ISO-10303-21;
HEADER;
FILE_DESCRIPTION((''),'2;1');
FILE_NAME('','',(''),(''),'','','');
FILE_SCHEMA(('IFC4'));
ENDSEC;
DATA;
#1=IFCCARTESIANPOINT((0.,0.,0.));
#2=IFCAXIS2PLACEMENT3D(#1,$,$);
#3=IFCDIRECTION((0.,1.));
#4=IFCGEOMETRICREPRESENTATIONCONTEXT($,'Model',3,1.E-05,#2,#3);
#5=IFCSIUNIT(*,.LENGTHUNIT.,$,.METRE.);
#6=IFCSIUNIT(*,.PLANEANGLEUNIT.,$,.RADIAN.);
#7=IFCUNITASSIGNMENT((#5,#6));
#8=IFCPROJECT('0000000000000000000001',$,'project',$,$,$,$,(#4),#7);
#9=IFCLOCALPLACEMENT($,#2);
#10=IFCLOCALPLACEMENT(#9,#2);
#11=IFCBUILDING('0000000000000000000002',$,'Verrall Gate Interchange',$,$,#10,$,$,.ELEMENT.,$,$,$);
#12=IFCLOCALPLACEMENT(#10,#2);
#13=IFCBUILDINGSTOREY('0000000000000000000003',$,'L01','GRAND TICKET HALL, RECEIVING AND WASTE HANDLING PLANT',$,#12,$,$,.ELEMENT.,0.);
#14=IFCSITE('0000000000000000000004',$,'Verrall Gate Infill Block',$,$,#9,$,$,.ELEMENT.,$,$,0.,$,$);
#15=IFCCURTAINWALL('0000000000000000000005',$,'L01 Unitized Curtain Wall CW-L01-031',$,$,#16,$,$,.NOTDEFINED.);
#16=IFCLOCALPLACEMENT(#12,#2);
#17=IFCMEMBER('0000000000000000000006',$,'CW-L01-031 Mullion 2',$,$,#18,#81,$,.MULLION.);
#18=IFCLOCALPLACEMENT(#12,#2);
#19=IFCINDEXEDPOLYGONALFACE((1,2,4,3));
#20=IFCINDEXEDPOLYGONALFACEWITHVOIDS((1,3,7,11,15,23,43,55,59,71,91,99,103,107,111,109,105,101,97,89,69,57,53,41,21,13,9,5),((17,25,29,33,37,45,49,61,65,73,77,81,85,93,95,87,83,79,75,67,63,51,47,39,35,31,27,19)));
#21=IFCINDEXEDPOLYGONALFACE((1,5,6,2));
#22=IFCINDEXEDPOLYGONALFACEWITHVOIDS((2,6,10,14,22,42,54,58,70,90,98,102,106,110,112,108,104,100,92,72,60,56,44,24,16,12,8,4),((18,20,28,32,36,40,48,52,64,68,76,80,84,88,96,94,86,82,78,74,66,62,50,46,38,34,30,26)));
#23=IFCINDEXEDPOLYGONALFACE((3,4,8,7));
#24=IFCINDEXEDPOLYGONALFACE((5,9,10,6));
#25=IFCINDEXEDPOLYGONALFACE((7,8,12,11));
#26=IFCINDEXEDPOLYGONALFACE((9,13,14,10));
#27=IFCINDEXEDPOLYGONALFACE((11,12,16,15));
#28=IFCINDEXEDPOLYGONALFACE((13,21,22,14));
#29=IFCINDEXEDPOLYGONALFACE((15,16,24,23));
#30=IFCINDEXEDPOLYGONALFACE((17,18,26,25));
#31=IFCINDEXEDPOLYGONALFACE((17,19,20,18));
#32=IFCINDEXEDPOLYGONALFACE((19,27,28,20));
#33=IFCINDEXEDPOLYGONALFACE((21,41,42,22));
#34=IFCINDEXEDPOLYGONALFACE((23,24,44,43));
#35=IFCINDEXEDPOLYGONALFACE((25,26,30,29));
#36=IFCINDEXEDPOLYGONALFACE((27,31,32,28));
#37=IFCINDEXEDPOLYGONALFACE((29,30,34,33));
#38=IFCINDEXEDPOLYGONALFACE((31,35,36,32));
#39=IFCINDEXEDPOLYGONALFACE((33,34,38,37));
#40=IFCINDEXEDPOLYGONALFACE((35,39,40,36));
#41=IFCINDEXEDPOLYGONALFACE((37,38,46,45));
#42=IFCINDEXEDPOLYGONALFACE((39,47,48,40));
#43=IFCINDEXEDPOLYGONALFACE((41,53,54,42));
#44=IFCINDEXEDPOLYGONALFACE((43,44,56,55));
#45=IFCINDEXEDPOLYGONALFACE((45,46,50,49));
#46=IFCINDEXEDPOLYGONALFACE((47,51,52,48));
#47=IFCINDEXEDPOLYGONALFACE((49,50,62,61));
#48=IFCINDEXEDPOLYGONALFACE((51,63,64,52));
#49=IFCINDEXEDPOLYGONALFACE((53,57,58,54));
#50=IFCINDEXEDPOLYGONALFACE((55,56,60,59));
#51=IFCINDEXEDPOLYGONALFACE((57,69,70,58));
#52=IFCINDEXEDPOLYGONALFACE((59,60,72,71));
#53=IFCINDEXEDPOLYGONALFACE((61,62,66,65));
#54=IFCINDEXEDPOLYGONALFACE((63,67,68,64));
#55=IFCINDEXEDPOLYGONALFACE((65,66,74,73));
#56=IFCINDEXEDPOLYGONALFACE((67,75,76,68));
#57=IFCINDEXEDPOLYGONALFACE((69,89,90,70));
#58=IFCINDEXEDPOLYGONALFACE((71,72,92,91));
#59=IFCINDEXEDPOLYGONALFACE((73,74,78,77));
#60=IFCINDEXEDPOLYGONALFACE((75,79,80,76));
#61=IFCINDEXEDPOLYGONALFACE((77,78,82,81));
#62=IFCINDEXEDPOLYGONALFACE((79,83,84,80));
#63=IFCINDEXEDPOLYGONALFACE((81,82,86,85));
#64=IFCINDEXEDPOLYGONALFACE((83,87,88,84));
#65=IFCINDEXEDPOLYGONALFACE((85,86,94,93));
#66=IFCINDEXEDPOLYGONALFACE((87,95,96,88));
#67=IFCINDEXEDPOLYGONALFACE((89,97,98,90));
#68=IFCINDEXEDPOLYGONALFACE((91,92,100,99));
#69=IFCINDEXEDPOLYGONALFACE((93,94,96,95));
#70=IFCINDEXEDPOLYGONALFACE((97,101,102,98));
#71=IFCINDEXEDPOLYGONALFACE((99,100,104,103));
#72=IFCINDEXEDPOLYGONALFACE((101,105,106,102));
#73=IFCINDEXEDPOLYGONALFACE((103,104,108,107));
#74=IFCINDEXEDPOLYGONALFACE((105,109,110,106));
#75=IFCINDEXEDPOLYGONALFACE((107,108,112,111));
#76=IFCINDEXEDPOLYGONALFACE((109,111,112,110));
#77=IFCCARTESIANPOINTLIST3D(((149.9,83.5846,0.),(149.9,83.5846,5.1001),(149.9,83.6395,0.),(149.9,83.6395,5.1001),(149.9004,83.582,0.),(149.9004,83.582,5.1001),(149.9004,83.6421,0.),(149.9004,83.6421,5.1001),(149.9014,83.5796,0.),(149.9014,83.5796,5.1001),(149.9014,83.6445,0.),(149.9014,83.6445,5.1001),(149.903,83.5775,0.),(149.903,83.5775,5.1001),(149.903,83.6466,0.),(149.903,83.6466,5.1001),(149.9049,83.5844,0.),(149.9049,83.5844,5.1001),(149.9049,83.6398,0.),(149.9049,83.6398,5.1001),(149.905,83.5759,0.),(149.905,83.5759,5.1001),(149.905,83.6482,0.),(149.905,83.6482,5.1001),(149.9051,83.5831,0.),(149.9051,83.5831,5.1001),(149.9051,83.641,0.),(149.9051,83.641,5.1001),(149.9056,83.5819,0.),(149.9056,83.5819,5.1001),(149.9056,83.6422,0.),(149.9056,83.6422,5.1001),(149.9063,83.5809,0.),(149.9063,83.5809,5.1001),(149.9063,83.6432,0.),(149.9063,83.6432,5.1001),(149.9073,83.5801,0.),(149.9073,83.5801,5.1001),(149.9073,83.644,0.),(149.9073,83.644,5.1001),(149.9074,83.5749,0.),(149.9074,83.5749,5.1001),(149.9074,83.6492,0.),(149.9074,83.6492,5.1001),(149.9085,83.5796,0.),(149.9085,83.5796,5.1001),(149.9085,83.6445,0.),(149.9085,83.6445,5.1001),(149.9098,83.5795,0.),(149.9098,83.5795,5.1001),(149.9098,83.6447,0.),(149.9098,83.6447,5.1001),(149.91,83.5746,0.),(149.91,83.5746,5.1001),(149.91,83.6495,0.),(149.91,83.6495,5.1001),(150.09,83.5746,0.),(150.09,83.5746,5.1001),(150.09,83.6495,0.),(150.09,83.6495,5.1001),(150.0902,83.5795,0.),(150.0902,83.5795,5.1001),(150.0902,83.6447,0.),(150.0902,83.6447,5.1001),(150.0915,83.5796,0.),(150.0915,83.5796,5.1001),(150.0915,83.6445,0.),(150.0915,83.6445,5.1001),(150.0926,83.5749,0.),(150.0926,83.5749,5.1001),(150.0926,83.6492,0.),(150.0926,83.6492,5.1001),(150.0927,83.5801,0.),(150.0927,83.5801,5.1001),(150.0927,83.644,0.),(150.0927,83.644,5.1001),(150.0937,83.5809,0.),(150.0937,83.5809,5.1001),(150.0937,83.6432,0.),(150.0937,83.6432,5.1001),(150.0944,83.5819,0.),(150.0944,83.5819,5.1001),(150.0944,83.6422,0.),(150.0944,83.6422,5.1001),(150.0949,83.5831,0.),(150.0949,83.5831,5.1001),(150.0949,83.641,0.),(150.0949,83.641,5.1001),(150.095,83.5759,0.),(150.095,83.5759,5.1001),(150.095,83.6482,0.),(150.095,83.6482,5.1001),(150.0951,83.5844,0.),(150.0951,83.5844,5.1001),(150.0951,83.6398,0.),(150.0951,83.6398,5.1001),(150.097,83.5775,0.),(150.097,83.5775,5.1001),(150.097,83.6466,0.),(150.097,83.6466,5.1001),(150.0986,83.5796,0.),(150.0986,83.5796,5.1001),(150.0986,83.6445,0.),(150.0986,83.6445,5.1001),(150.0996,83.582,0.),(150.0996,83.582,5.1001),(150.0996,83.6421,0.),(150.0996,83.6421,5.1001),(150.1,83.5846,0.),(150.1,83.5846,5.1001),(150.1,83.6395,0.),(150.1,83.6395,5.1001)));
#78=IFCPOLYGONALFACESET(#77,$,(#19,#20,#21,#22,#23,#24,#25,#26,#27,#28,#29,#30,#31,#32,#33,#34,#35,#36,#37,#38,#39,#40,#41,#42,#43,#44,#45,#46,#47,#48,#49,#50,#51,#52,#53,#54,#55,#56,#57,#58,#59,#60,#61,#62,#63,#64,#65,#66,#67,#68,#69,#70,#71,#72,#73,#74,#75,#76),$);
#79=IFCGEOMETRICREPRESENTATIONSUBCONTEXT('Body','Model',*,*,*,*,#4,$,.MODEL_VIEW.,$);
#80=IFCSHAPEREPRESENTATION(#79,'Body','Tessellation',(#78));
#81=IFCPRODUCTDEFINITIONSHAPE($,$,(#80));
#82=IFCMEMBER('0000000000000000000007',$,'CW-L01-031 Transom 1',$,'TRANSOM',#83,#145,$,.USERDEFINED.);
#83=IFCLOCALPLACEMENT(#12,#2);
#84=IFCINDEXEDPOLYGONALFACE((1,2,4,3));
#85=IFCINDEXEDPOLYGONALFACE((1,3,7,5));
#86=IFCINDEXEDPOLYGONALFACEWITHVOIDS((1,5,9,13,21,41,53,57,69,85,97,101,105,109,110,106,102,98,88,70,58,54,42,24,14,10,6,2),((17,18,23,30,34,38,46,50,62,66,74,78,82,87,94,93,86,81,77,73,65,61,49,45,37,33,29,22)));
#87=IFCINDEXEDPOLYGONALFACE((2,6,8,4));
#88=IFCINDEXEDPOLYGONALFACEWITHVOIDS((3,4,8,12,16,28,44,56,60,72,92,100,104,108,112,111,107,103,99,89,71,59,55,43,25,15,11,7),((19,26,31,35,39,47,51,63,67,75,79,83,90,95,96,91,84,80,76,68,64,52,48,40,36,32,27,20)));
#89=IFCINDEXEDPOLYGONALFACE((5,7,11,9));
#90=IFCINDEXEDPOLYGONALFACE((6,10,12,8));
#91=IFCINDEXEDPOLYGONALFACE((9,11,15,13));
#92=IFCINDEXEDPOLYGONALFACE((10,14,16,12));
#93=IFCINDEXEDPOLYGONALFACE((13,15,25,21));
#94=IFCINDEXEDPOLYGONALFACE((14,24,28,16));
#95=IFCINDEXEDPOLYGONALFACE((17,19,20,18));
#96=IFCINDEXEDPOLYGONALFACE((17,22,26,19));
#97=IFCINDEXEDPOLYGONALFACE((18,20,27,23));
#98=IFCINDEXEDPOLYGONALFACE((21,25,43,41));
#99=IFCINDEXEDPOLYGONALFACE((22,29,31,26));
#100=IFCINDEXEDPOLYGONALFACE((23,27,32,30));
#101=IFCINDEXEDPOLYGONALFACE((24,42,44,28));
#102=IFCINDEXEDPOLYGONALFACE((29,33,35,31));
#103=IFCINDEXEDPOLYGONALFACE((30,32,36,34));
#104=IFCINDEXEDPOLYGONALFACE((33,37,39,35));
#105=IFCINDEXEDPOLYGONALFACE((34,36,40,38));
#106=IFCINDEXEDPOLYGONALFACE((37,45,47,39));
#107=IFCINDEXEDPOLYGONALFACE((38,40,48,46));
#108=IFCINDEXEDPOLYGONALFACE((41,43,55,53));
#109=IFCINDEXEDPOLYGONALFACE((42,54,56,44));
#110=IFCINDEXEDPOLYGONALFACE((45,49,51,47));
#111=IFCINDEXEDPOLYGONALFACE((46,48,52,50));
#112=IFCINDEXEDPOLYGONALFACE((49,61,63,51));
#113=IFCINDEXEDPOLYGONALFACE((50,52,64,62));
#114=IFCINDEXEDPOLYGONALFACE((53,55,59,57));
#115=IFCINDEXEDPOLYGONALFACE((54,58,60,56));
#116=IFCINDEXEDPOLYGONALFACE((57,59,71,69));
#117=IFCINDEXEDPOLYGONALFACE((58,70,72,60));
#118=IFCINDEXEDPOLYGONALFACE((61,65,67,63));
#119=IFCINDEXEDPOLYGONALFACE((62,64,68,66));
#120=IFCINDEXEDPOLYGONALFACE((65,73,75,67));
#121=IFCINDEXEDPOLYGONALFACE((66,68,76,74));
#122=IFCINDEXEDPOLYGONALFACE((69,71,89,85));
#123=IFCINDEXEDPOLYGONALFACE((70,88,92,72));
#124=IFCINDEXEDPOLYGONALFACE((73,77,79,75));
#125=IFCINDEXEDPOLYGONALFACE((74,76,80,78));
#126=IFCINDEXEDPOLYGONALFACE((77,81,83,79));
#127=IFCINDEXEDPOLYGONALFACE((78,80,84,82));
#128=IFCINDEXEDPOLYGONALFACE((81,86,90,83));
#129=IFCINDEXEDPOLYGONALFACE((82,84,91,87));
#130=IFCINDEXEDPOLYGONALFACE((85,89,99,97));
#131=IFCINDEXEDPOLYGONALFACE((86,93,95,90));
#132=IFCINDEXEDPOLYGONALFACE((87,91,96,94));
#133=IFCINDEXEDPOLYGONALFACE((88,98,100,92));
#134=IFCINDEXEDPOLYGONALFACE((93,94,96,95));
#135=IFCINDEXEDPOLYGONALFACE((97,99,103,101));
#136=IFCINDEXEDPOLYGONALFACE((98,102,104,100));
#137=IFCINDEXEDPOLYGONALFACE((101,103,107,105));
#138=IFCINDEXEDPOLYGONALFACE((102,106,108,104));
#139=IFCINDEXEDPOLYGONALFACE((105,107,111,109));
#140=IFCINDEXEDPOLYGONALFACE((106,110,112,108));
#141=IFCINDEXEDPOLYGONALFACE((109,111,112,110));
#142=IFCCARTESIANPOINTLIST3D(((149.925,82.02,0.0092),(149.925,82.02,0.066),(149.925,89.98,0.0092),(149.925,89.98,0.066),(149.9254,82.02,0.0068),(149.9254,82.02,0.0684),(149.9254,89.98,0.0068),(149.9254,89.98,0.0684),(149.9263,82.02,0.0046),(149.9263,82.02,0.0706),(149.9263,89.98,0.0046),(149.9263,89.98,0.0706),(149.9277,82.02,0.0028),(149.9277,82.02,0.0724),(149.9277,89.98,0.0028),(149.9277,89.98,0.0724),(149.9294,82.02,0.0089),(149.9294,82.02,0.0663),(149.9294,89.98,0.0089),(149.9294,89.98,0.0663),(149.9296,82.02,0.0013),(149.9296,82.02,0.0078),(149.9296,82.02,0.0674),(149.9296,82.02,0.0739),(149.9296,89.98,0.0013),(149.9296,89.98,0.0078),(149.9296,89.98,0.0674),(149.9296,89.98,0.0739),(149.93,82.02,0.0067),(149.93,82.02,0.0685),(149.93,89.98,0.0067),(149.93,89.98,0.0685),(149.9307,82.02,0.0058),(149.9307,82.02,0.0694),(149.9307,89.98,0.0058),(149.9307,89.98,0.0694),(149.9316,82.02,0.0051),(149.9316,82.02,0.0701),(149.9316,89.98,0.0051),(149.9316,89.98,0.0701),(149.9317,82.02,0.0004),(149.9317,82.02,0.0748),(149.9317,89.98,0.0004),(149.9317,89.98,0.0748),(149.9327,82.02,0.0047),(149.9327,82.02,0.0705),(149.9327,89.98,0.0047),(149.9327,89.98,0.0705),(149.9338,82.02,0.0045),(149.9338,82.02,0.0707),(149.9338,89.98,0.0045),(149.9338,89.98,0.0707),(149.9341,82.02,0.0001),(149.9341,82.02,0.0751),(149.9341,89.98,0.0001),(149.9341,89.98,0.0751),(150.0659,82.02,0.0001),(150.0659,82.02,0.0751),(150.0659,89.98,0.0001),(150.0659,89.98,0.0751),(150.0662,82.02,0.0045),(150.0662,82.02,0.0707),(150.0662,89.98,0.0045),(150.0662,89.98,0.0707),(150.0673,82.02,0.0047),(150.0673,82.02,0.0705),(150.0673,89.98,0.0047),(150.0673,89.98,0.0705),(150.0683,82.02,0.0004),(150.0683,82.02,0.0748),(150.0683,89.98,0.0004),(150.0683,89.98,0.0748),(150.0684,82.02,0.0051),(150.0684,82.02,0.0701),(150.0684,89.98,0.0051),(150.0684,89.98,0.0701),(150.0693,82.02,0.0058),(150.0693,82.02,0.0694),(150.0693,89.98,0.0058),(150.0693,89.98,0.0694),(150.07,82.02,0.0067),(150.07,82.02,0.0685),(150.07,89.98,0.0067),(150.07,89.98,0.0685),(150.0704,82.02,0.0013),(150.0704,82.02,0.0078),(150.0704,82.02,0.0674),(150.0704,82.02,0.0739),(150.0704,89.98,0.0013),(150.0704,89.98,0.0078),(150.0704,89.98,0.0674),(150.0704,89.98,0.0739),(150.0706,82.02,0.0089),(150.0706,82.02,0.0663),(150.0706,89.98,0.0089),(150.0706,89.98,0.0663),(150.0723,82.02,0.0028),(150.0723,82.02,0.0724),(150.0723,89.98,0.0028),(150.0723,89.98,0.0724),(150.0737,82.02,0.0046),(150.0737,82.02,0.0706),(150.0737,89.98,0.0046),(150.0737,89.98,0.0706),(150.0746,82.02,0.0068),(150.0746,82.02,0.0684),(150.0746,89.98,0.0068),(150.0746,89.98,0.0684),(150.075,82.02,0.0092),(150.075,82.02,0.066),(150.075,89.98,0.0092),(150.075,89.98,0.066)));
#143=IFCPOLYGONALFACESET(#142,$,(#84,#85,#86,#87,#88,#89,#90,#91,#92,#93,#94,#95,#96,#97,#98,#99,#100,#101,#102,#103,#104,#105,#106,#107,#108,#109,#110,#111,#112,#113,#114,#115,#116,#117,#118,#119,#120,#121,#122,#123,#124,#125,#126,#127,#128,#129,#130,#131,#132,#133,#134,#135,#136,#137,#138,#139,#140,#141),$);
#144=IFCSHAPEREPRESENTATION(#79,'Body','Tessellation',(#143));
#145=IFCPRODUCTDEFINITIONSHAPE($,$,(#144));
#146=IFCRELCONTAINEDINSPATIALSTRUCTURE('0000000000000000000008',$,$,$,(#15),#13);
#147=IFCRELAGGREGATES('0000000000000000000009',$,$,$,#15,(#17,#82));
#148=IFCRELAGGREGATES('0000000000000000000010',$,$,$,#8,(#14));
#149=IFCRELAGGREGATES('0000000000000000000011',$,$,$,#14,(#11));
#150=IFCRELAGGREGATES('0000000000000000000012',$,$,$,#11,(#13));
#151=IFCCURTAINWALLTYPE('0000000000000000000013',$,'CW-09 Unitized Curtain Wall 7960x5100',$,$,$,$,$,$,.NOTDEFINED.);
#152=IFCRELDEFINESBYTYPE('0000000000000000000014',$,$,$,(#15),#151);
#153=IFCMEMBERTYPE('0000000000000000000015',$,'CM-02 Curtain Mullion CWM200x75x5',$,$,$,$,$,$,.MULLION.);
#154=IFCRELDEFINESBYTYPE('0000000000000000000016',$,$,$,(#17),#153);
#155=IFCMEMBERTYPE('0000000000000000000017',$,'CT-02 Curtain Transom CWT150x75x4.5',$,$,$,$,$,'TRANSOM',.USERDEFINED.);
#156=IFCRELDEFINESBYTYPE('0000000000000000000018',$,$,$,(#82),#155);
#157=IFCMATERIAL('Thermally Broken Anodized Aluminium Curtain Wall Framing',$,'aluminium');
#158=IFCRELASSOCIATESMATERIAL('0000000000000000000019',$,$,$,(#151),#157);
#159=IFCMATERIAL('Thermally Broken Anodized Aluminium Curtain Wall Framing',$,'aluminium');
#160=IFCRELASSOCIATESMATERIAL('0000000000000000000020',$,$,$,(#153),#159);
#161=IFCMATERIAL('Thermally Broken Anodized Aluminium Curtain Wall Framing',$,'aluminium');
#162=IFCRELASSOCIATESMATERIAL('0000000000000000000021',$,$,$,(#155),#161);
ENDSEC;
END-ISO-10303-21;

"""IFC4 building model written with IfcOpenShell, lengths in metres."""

from ifc_helpers import new_model, si_unit, direction, frame, origin, origin_2d, place, context, subcontext, project, spatial, hollow_rectangle, extrude, material, material_profile, profile_set, type_object, element, aggregate, save


model = new_model("IFC4")

# Units and contexts
model_context = context("Model", 3, precision=1e-05, world=origin(), true_north=direction((0.0, 1.0)))
body_context = subcontext(model_context, "Body", "Model", "MODEL_VIEW")
ifc_project = project(units=[si_unit("LENGTHUNIT", "METRE"), si_unit("PLANEANGLEUNIT", "RADIAN")], contexts=[model_context])

# Site, building, storey
site_placement = place(None, origin())
site = spatial("IfcSite", under=ifc_project, at=site_placement, Name="Verrall Gate Infill Block", CompositionType="ELEMENT", RefElevation=0.0)
building_placement = place(site_placement, origin())
building = spatial("IfcBuilding", under=site, at=building_placement, Name="Verrall Gate Interchange", CompositionType="ELEMENT")
storey_placement = place(building_placement, origin())
storey = spatial("IfcBuildingStorey", under=building, at=storey_placement, Name="L01", Description="GRAND TICKET HALL, RECEIVING AND WASTE HANDLING PLANT", CompositionType="ELEMENT", Elevation=0.0)

# Curtain wall, members
ifc_material_1 = material(Name="Thermally Broken Anodized Aluminium Curtain Wall Framing", Category="aluminium")
curtain_wall_type = type_object("IfcCurtainWallType", Name="CW-09 Unitized Curtain Wall 7960x5100", PredefinedType="NOTDEFINED", material=ifc_material_1)
curtain_wall_1_placement = place(storey_placement, origin())
curtain_wall_1 = element("IfcCurtainWall", 1, at=curtain_wall_1_placement, inside=storey, type_object=curtain_wall_type, Name="L01 Unitized Curtain Wall CW-L01-031", PredefinedType="NOTDEFINED")
ifc_material_2 = material(Name="Thermally Broken Anodized Aluminium Curtain Wall Framing", Category="aluminium")
ifc_material_profile_1 = material_profile(ifc_material_2, hollow_rectangle(XDim=0.075, YDim=0.2, WallThickness=0.0049, InnerFilletRadius=0.0049, OuterFilletRadius=0.01, at=origin_2d()), Name="CWM200x75x5")
ifc_profile_set_1 = profile_set([ifc_material_profile_1], Name="Thermally Broken Anodized Aluminium Curtain Wall Framing")
member_type_1 = type_object("IfcMemberType", Name="CM-02 Curtain Mullion CWM200x75x5", PredefinedType="MULLION", material=ifc_profile_set_1)
member_1_placement = place(storey_placement, frame((150.0, 83.6121, 0.0), z_axis=(0.0, 0.0, 1.0), x_axis=(0.0, 1.0, 0.0)))
member_1 = element("IfcMember", 2, at=member_1_placement, type_object=member_type_1, Name="CW-L01-031 Mullion 2", PredefinedType="MULLION", context=body_context, shape_type="SweptSolid", body=[
    extrude(hollow_rectangle(XDim=0.075, YDim=0.2, WallThickness=0.0049, InnerFilletRadius=0.0049, OuterFilletRadius=0.01, at=origin_2d()), origin(), (0.0, 0.0, 1.0), 5.1001),
])
ifc_material_3 = material(Name="Thermally Broken Anodized Aluminium Curtain Wall Framing", Category="aluminium")
ifc_material_profile_2 = material_profile(ifc_material_3, hollow_rectangle(XDim=0.1499, YDim=0.075, WallThickness=0.0044, InnerFilletRadius=0.0044, OuterFilletRadius=0.009, at=origin_2d()), Name="CWT150x75x4.5")
ifc_profile_set_2 = profile_set([ifc_material_profile_2], Name="Thermally Broken Anodized Aluminium Curtain Wall Framing")
member_type_2 = type_object("IfcMemberType", Name="CT-02 Curtain Transom CWT150x75x4.5", ElementType="TRANSOM", PredefinedType="USERDEFINED", material=ifc_profile_set_2)
member_2_placement = place(storey_placement, frame((150.0, 82.02, 0.0376), z_axis=(0.0, 1.0, 0.0), x_axis=(-1.0, 0.0, 0.0)))
member_2 = element("IfcMember", 3, at=member_2_placement, type_object=member_type_2, Name="CW-L01-031 Transom 1", ObjectType="TRANSOM", PredefinedType="USERDEFINED", context=body_context, shape_type="SweptSolid", body=[
    extrude(hollow_rectangle(XDim=0.1499, YDim=0.075, WallThickness=0.0044, InnerFilletRadius=0.0044, OuterFilletRadius=0.009, at=origin_2d()), origin(), (0.0, 0.0, 1.0), 7.96),
])

aggregate(curtain_wall_1, [member_1, member_2])

save(model, "model.ifc")
